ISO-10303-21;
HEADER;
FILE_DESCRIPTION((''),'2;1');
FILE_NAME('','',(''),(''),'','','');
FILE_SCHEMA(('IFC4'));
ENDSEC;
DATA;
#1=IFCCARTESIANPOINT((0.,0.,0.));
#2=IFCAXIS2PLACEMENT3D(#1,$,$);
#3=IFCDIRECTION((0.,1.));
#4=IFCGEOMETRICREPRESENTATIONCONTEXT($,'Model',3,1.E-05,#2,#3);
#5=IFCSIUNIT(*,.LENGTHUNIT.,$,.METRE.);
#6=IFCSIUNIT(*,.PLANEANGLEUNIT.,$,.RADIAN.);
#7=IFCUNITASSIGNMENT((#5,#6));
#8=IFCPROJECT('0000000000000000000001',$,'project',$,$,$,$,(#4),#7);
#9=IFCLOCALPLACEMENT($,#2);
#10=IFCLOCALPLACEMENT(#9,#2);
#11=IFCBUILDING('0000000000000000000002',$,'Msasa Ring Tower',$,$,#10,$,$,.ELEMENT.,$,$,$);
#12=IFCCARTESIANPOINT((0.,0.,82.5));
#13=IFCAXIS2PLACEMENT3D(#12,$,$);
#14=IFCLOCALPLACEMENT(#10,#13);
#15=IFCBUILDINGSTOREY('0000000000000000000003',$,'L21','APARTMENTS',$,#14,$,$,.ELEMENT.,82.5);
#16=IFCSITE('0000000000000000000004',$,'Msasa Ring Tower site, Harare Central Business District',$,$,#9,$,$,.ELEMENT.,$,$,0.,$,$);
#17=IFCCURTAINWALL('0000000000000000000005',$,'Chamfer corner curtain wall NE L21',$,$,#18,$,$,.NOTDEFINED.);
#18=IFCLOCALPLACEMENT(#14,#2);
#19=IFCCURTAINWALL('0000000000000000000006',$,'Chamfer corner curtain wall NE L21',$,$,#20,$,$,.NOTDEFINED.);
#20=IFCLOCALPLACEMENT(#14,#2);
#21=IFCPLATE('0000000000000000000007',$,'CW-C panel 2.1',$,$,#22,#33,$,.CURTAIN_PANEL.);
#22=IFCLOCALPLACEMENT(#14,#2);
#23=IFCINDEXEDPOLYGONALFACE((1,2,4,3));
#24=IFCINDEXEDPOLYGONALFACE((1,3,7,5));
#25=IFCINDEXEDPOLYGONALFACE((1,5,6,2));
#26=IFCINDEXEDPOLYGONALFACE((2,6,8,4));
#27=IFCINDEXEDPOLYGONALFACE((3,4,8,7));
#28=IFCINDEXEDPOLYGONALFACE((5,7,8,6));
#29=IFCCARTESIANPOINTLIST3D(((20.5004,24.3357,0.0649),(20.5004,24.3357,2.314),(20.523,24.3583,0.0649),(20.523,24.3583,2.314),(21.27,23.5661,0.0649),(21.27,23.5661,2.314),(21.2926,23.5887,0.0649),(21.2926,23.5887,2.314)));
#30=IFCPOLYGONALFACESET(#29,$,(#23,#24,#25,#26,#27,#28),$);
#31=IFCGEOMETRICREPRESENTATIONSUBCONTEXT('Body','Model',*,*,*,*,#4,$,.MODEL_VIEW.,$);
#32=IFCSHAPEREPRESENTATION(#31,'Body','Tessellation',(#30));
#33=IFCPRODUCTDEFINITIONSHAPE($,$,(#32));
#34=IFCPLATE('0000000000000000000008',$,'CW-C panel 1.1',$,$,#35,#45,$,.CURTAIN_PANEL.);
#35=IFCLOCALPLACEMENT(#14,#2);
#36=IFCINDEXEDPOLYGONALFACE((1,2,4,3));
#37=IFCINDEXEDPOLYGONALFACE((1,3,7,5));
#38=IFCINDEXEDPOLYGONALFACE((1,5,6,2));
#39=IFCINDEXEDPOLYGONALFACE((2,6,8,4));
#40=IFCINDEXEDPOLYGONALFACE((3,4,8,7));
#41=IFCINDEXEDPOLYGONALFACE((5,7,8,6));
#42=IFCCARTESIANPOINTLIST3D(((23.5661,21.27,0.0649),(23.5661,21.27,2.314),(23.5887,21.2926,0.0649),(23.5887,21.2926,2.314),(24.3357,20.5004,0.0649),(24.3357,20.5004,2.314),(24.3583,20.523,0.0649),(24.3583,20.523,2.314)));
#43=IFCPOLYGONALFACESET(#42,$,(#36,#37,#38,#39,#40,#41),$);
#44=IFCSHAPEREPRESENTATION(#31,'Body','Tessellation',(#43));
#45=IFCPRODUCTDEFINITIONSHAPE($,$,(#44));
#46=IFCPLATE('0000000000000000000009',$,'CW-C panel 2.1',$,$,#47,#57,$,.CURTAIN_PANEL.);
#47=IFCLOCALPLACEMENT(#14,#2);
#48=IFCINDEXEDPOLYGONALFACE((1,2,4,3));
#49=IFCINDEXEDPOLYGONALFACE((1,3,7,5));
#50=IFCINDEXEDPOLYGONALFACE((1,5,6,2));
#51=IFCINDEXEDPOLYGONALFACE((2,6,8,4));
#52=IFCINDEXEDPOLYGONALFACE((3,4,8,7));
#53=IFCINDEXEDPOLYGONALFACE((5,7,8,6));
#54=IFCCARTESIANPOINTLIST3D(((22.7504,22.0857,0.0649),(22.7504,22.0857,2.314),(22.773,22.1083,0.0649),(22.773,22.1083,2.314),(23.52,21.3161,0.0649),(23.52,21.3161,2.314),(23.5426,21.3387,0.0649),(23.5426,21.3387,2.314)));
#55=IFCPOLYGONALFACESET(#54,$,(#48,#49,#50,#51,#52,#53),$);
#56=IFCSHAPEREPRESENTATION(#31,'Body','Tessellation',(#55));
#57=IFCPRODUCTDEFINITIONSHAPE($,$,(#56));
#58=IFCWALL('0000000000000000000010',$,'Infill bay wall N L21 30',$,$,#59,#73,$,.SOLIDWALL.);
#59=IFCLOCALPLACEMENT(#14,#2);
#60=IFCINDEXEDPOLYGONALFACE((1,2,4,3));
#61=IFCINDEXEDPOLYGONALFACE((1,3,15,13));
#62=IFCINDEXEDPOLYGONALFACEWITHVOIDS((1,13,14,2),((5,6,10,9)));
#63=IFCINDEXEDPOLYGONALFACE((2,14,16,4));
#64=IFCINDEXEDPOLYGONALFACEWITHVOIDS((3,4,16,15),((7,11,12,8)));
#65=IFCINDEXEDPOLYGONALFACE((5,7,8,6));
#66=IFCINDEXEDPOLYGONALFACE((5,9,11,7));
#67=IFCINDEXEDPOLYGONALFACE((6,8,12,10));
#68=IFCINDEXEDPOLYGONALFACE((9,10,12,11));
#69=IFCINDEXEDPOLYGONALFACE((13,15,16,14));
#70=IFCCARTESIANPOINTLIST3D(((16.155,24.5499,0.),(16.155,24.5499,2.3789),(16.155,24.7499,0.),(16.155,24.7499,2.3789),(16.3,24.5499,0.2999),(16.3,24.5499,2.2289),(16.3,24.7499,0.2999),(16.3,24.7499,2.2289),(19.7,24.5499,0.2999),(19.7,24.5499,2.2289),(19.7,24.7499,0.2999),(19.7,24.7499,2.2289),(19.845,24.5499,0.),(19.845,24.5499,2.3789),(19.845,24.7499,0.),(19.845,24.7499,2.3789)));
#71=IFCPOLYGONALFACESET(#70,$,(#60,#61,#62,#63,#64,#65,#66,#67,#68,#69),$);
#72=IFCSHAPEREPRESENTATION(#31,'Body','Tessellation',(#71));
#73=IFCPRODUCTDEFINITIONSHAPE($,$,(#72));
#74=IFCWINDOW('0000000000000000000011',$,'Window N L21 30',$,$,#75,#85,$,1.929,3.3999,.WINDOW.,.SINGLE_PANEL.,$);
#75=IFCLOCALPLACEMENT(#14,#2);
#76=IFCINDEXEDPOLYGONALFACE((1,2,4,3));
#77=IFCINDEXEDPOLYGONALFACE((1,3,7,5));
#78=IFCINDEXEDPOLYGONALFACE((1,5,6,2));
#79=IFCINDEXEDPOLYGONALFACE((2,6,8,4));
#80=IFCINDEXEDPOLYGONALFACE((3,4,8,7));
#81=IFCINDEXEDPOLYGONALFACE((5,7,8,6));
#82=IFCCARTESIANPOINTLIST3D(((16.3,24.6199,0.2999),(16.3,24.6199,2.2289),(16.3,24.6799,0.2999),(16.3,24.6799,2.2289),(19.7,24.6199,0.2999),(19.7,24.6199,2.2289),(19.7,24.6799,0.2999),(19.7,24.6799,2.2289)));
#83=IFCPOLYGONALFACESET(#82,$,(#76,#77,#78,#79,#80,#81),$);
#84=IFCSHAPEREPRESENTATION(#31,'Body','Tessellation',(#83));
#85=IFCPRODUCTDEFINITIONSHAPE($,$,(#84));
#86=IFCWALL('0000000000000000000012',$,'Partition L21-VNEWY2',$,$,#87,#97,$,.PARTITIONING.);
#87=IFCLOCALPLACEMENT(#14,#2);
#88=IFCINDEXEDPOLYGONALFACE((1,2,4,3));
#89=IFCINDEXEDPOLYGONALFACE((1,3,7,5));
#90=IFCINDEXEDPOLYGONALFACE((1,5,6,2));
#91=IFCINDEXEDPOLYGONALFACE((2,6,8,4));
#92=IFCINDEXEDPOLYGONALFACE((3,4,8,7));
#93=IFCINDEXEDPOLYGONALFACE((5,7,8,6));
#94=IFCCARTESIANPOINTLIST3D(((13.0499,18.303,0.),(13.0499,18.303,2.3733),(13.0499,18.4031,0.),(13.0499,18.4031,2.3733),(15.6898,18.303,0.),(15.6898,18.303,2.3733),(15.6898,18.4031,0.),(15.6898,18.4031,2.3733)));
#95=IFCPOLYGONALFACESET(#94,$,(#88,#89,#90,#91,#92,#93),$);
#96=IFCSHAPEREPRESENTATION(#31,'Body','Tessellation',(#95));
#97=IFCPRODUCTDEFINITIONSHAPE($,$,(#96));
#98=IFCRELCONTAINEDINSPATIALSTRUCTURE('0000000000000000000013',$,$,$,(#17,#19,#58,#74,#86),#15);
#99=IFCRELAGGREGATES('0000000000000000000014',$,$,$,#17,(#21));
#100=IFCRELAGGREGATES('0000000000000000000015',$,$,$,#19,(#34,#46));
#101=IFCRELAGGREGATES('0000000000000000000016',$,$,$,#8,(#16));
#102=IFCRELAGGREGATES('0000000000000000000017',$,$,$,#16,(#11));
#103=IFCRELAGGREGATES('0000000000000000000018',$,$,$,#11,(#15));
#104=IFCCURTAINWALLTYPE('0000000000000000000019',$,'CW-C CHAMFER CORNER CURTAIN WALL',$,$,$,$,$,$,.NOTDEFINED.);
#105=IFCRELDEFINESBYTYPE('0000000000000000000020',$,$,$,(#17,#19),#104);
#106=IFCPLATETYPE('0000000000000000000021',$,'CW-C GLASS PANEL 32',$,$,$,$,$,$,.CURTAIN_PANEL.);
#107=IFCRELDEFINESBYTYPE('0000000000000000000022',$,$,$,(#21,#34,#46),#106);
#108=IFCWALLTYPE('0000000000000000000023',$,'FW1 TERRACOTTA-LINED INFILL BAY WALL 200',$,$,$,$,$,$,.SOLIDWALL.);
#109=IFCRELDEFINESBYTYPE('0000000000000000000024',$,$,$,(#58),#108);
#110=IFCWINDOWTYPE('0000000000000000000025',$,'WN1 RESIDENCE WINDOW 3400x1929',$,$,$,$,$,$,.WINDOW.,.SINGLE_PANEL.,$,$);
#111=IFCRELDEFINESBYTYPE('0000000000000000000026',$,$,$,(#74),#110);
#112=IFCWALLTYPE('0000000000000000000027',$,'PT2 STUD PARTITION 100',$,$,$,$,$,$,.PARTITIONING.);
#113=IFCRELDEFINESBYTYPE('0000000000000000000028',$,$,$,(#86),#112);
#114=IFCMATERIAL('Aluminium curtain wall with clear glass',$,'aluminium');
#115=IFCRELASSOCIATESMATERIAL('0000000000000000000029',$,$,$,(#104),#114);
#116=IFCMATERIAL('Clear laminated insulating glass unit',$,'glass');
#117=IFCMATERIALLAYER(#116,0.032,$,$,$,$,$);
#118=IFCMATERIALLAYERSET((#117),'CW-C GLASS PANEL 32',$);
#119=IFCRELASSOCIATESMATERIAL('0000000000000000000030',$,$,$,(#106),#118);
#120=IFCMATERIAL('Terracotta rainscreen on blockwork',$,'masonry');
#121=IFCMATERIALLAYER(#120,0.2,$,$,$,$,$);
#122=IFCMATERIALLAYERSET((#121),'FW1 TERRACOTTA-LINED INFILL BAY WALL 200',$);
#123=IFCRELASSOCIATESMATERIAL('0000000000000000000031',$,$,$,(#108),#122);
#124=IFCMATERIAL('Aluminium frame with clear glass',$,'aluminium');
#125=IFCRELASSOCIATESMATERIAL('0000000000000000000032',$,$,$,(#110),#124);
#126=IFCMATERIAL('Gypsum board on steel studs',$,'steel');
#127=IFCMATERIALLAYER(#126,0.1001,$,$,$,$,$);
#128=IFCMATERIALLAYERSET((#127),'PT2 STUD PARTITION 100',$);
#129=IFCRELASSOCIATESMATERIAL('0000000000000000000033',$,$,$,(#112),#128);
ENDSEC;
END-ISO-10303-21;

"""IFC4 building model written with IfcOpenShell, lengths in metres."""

from ifc_helpers import new_model, si_unit, direction, frame, frame_2d, origin, origin_2d, place, context, subcontext, project, spatial, rectangle, extrude, material, layer, layer_set, type_object, element, fill, aggregate, save


model = new_model("IFC4")

# Units and contexts
model_context = context("Model", 3, precision=1e-05, world=origin(), true_north=direction((0.0, 1.0)))
body_context = subcontext(model_context, "Body", "Model", "MODEL_VIEW")
ifc_project = project(units=[si_unit("LENGTHUNIT", "METRE"), si_unit("PLANEANGLEUNIT", "RADIAN")], contexts=[model_context])

# Site, building, storey
site_placement = place(None, origin())
site = spatial("IfcSite", under=ifc_project, at=site_placement, Name="Msasa Ring Tower site, Harare Central Business District", CompositionType="ELEMENT", RefElevation=0.0)
building_placement = place(site_placement, origin())
building = spatial("IfcBuilding", under=site, at=building_placement, Name="Msasa Ring Tower", CompositionType="ELEMENT")
storey_placement = place(building_placement, frame((0.0, 0.0, 82.5)))
storey = spatial("IfcBuildingStorey", under=building, at=storey_placement, Name="L21", Description="APARTMENTS", CompositionType="ELEMENT", Elevation=82.5)

# Curtain walls
ifc_material_1 = material(Name="Aluminium curtain wall with clear glass", Category="aluminium")
curtain_wall_type = type_object("IfcCurtainWallType", Name="CW-C CHAMFER CORNER CURTAIN WALL", PredefinedType="NOTDEFINED", material=ifc_material_1)
curtain_wall_1_placement = place(storey_placement, origin())
curtain_wall_1 = element("IfcCurtainWall", 1, at=curtain_wall_1_placement, inside=storey, type_object=curtain_wall_type, Name="Chamfer corner curtain wall NE L21", PredefinedType="NOTDEFINED")
curtain_wall_2_placement = place(storey_placement, origin())
curtain_wall_2 = element("IfcCurtainWall", 2, at=curtain_wall_2_placement, inside=storey, type_object=curtain_wall_type, Name="Chamfer corner curtain wall NE L21", PredefinedType="NOTDEFINED")

# Plates
ifc_material_2 = material(Name="Clear laminated insulating glass unit", Category="glass")
ifc_layer_1 = layer(ifc_material_2, 0.032)
ifc_layer_set_1 = layer_set([ifc_layer_1], Name="CW-C GLASS PANEL 32")
plate_type = type_object("IfcPlateType", Name="CW-C GLASS PANEL 32", PredefinedType="CURTAIN_PANEL", material=ifc_layer_set_1)
plate_1_placement = place(storey_placement, frame((20.8965, 23.9622, 0.0649), z_axis=(0.0, 0.0, 1.0), x_axis=(-0.707107, 0.707107, 0.0)))
plate_1 = element("IfcPlate", 3, at=plate_1_placement, type_object=plate_type, Name="CW-C panel 2.1", PredefinedType="CURTAIN_PANEL", context=body_context, shape_type="SweptSolid", body=[
    extrude(rectangle(XDim=1.0884, YDim=0.032, at=origin_2d()), origin(), (0.0, 0.0, 1.0), 2.249),
])
aggregate(curtain_wall_1, [plate_1])
plate_2_placement = place(storey_placement, frame((23.9622, 20.8965, 0.0649), z_axis=(0.0, 0.0, 1.0), x_axis=(-0.707107, 0.707107, 0.0)))
plate_2 = element("IfcPlate", 4, at=plate_2_placement, type_object=plate_type, Name="CW-C panel 1.1", PredefinedType="CURTAIN_PANEL", context=body_context, shape_type="SweptSolid", body=[
    extrude(rectangle(XDim=1.0884, YDim=0.032, at=origin_2d()), origin(), (0.0, 0.0, 1.0), 2.249),
])
plate_3_placement = place(storey_placement, frame((23.1465, 21.7122, 0.0649), z_axis=(0.0, 0.0, 1.0), x_axis=(-0.707107, 0.707107, 0.0)))
plate_3 = element("IfcPlate", 5, at=plate_3_placement, type_object=plate_type, Name="CW-C panel 2.1", PredefinedType="CURTAIN_PANEL", context=body_context, shape_type="SweptSolid", body=[
    extrude(rectangle(XDim=1.0884, YDim=0.032, at=origin_2d()), origin(), (0.0, 0.0, 1.0), 2.249),
])
aggregate(curtain_wall_2, [plate_2, plate_3])

# Wall, opening, window
ifc_material_3 = material(Name="Terracotta rainscreen on blockwork", Category="masonry")
ifc_layer_2 = layer(ifc_material_3, 0.2)
ifc_layer_set_2 = layer_set([ifc_layer_2], Name="FW1 TERRACOTTA-LINED INFILL BAY WALL 200")
wall_type_1 = type_object("IfcWallType", Name="FW1 TERRACOTTA-LINED INFILL BAY WALL 200", PredefinedType="SOLIDWALL", material=ifc_layer_set_2)
wall_1_placement = place(storey_placement, frame((16.155, 24.6499, 0.0), z_axis=(0.0, 0.0, 1.0), x_axis=(1.0, 0.0, 0.0)))
wall_1 = element("IfcWall", 6, at=wall_1_placement, inside=storey, type_object=wall_type_1, Name="Infill bay wall N L21 30", PredefinedType="SOLIDWALL", context=body_context, shape_type="SweptSolid", body=[
    extrude(rectangle(XDim=3.6899, YDim=0.2, at=frame_2d((1.845, 0.0))), origin(), (0.0, 0.0, 1.0), 2.3789),
])
opening_placement = place(wall_1_placement, frame((0.145, 0.0, 0.3)))
opening = element("IfcOpeningElement", 7, at=opening_placement, cuts=wall_1, PredefinedType="OPENING", context=body_context, shape_type="SweptSolid", body=[
    extrude(rectangle(XDim=3.3999, YDim=1.929, at=frame_2d((1.7, 0.9644))), frame((0.0, 0.1099, 0.0), z_axis=(0.0, -1.0, 0.0), x_axis=(1.0, 0.0, 0.0)), (0.0, 0.0, 1.0), 0.22),
])
ifc_material_4 = material(Name="Aluminium frame with clear glass", Category="aluminium")
window_type = type_object("IfcWindowType", Name="WN1 RESIDENCE WINDOW 3400x1929", PartitioningType="SINGLE_PANEL", PredefinedType="WINDOW", material=ifc_material_4)
window_placement = place(opening_placement, origin())
window = element("IfcWindow", 8, at=window_placement, inside=storey, type_object=window_type, Name="Window N L21 30", OverallHeight=1.929, OverallWidth=3.3999, PartitioningType="SINGLE_PANEL", PredefinedType="WINDOW", context=body_context, shape_type="SweptSolid", body=[
    extrude(rectangle(XDim=3.3999, YDim=1.929, at=frame_2d((1.7, 0.9644))), frame((0.0, 0.03, 0.0), z_axis=(0.0, -1.0, 0.0), x_axis=(1.0, 0.0, 0.0)), (0.0, 0.0, 1.0), 0.0601),
])
fill(opening, window)

# Wall
ifc_material_5 = material(Name="Gypsum board on steel studs", Category="steel")
ifc_layer_3 = layer(ifc_material_5, 0.1001)
ifc_layer_set_3 = layer_set([ifc_layer_3], Name="PT2 STUD PARTITION 100")
wall_type_2 = type_object("IfcWallType", Name="PT2 STUD PARTITION 100", PredefinedType="PARTITIONING", material=ifc_layer_set_3)
wall_2_placement = place(storey_placement, frame((13.05, 18.353, 0.0), z_axis=(0.0, 0.0, 1.0), x_axis=(1.0, 0.0, 0.0)))
element("IfcWall", 9, at=wall_2_placement, inside=storey, type_object=wall_type_2, Name="Partition L21-VNEWY2", PredefinedType="PARTITIONING", context=body_context, shape_type="SweptSolid", body=[
    extrude(rectangle(XDim=2.6399, YDim=0.1001, at=frame_2d((1.3198, 0.0))), origin(), (0.0, 0.0, 1.0), 2.3733),
])

save(model, "model.ifc")
